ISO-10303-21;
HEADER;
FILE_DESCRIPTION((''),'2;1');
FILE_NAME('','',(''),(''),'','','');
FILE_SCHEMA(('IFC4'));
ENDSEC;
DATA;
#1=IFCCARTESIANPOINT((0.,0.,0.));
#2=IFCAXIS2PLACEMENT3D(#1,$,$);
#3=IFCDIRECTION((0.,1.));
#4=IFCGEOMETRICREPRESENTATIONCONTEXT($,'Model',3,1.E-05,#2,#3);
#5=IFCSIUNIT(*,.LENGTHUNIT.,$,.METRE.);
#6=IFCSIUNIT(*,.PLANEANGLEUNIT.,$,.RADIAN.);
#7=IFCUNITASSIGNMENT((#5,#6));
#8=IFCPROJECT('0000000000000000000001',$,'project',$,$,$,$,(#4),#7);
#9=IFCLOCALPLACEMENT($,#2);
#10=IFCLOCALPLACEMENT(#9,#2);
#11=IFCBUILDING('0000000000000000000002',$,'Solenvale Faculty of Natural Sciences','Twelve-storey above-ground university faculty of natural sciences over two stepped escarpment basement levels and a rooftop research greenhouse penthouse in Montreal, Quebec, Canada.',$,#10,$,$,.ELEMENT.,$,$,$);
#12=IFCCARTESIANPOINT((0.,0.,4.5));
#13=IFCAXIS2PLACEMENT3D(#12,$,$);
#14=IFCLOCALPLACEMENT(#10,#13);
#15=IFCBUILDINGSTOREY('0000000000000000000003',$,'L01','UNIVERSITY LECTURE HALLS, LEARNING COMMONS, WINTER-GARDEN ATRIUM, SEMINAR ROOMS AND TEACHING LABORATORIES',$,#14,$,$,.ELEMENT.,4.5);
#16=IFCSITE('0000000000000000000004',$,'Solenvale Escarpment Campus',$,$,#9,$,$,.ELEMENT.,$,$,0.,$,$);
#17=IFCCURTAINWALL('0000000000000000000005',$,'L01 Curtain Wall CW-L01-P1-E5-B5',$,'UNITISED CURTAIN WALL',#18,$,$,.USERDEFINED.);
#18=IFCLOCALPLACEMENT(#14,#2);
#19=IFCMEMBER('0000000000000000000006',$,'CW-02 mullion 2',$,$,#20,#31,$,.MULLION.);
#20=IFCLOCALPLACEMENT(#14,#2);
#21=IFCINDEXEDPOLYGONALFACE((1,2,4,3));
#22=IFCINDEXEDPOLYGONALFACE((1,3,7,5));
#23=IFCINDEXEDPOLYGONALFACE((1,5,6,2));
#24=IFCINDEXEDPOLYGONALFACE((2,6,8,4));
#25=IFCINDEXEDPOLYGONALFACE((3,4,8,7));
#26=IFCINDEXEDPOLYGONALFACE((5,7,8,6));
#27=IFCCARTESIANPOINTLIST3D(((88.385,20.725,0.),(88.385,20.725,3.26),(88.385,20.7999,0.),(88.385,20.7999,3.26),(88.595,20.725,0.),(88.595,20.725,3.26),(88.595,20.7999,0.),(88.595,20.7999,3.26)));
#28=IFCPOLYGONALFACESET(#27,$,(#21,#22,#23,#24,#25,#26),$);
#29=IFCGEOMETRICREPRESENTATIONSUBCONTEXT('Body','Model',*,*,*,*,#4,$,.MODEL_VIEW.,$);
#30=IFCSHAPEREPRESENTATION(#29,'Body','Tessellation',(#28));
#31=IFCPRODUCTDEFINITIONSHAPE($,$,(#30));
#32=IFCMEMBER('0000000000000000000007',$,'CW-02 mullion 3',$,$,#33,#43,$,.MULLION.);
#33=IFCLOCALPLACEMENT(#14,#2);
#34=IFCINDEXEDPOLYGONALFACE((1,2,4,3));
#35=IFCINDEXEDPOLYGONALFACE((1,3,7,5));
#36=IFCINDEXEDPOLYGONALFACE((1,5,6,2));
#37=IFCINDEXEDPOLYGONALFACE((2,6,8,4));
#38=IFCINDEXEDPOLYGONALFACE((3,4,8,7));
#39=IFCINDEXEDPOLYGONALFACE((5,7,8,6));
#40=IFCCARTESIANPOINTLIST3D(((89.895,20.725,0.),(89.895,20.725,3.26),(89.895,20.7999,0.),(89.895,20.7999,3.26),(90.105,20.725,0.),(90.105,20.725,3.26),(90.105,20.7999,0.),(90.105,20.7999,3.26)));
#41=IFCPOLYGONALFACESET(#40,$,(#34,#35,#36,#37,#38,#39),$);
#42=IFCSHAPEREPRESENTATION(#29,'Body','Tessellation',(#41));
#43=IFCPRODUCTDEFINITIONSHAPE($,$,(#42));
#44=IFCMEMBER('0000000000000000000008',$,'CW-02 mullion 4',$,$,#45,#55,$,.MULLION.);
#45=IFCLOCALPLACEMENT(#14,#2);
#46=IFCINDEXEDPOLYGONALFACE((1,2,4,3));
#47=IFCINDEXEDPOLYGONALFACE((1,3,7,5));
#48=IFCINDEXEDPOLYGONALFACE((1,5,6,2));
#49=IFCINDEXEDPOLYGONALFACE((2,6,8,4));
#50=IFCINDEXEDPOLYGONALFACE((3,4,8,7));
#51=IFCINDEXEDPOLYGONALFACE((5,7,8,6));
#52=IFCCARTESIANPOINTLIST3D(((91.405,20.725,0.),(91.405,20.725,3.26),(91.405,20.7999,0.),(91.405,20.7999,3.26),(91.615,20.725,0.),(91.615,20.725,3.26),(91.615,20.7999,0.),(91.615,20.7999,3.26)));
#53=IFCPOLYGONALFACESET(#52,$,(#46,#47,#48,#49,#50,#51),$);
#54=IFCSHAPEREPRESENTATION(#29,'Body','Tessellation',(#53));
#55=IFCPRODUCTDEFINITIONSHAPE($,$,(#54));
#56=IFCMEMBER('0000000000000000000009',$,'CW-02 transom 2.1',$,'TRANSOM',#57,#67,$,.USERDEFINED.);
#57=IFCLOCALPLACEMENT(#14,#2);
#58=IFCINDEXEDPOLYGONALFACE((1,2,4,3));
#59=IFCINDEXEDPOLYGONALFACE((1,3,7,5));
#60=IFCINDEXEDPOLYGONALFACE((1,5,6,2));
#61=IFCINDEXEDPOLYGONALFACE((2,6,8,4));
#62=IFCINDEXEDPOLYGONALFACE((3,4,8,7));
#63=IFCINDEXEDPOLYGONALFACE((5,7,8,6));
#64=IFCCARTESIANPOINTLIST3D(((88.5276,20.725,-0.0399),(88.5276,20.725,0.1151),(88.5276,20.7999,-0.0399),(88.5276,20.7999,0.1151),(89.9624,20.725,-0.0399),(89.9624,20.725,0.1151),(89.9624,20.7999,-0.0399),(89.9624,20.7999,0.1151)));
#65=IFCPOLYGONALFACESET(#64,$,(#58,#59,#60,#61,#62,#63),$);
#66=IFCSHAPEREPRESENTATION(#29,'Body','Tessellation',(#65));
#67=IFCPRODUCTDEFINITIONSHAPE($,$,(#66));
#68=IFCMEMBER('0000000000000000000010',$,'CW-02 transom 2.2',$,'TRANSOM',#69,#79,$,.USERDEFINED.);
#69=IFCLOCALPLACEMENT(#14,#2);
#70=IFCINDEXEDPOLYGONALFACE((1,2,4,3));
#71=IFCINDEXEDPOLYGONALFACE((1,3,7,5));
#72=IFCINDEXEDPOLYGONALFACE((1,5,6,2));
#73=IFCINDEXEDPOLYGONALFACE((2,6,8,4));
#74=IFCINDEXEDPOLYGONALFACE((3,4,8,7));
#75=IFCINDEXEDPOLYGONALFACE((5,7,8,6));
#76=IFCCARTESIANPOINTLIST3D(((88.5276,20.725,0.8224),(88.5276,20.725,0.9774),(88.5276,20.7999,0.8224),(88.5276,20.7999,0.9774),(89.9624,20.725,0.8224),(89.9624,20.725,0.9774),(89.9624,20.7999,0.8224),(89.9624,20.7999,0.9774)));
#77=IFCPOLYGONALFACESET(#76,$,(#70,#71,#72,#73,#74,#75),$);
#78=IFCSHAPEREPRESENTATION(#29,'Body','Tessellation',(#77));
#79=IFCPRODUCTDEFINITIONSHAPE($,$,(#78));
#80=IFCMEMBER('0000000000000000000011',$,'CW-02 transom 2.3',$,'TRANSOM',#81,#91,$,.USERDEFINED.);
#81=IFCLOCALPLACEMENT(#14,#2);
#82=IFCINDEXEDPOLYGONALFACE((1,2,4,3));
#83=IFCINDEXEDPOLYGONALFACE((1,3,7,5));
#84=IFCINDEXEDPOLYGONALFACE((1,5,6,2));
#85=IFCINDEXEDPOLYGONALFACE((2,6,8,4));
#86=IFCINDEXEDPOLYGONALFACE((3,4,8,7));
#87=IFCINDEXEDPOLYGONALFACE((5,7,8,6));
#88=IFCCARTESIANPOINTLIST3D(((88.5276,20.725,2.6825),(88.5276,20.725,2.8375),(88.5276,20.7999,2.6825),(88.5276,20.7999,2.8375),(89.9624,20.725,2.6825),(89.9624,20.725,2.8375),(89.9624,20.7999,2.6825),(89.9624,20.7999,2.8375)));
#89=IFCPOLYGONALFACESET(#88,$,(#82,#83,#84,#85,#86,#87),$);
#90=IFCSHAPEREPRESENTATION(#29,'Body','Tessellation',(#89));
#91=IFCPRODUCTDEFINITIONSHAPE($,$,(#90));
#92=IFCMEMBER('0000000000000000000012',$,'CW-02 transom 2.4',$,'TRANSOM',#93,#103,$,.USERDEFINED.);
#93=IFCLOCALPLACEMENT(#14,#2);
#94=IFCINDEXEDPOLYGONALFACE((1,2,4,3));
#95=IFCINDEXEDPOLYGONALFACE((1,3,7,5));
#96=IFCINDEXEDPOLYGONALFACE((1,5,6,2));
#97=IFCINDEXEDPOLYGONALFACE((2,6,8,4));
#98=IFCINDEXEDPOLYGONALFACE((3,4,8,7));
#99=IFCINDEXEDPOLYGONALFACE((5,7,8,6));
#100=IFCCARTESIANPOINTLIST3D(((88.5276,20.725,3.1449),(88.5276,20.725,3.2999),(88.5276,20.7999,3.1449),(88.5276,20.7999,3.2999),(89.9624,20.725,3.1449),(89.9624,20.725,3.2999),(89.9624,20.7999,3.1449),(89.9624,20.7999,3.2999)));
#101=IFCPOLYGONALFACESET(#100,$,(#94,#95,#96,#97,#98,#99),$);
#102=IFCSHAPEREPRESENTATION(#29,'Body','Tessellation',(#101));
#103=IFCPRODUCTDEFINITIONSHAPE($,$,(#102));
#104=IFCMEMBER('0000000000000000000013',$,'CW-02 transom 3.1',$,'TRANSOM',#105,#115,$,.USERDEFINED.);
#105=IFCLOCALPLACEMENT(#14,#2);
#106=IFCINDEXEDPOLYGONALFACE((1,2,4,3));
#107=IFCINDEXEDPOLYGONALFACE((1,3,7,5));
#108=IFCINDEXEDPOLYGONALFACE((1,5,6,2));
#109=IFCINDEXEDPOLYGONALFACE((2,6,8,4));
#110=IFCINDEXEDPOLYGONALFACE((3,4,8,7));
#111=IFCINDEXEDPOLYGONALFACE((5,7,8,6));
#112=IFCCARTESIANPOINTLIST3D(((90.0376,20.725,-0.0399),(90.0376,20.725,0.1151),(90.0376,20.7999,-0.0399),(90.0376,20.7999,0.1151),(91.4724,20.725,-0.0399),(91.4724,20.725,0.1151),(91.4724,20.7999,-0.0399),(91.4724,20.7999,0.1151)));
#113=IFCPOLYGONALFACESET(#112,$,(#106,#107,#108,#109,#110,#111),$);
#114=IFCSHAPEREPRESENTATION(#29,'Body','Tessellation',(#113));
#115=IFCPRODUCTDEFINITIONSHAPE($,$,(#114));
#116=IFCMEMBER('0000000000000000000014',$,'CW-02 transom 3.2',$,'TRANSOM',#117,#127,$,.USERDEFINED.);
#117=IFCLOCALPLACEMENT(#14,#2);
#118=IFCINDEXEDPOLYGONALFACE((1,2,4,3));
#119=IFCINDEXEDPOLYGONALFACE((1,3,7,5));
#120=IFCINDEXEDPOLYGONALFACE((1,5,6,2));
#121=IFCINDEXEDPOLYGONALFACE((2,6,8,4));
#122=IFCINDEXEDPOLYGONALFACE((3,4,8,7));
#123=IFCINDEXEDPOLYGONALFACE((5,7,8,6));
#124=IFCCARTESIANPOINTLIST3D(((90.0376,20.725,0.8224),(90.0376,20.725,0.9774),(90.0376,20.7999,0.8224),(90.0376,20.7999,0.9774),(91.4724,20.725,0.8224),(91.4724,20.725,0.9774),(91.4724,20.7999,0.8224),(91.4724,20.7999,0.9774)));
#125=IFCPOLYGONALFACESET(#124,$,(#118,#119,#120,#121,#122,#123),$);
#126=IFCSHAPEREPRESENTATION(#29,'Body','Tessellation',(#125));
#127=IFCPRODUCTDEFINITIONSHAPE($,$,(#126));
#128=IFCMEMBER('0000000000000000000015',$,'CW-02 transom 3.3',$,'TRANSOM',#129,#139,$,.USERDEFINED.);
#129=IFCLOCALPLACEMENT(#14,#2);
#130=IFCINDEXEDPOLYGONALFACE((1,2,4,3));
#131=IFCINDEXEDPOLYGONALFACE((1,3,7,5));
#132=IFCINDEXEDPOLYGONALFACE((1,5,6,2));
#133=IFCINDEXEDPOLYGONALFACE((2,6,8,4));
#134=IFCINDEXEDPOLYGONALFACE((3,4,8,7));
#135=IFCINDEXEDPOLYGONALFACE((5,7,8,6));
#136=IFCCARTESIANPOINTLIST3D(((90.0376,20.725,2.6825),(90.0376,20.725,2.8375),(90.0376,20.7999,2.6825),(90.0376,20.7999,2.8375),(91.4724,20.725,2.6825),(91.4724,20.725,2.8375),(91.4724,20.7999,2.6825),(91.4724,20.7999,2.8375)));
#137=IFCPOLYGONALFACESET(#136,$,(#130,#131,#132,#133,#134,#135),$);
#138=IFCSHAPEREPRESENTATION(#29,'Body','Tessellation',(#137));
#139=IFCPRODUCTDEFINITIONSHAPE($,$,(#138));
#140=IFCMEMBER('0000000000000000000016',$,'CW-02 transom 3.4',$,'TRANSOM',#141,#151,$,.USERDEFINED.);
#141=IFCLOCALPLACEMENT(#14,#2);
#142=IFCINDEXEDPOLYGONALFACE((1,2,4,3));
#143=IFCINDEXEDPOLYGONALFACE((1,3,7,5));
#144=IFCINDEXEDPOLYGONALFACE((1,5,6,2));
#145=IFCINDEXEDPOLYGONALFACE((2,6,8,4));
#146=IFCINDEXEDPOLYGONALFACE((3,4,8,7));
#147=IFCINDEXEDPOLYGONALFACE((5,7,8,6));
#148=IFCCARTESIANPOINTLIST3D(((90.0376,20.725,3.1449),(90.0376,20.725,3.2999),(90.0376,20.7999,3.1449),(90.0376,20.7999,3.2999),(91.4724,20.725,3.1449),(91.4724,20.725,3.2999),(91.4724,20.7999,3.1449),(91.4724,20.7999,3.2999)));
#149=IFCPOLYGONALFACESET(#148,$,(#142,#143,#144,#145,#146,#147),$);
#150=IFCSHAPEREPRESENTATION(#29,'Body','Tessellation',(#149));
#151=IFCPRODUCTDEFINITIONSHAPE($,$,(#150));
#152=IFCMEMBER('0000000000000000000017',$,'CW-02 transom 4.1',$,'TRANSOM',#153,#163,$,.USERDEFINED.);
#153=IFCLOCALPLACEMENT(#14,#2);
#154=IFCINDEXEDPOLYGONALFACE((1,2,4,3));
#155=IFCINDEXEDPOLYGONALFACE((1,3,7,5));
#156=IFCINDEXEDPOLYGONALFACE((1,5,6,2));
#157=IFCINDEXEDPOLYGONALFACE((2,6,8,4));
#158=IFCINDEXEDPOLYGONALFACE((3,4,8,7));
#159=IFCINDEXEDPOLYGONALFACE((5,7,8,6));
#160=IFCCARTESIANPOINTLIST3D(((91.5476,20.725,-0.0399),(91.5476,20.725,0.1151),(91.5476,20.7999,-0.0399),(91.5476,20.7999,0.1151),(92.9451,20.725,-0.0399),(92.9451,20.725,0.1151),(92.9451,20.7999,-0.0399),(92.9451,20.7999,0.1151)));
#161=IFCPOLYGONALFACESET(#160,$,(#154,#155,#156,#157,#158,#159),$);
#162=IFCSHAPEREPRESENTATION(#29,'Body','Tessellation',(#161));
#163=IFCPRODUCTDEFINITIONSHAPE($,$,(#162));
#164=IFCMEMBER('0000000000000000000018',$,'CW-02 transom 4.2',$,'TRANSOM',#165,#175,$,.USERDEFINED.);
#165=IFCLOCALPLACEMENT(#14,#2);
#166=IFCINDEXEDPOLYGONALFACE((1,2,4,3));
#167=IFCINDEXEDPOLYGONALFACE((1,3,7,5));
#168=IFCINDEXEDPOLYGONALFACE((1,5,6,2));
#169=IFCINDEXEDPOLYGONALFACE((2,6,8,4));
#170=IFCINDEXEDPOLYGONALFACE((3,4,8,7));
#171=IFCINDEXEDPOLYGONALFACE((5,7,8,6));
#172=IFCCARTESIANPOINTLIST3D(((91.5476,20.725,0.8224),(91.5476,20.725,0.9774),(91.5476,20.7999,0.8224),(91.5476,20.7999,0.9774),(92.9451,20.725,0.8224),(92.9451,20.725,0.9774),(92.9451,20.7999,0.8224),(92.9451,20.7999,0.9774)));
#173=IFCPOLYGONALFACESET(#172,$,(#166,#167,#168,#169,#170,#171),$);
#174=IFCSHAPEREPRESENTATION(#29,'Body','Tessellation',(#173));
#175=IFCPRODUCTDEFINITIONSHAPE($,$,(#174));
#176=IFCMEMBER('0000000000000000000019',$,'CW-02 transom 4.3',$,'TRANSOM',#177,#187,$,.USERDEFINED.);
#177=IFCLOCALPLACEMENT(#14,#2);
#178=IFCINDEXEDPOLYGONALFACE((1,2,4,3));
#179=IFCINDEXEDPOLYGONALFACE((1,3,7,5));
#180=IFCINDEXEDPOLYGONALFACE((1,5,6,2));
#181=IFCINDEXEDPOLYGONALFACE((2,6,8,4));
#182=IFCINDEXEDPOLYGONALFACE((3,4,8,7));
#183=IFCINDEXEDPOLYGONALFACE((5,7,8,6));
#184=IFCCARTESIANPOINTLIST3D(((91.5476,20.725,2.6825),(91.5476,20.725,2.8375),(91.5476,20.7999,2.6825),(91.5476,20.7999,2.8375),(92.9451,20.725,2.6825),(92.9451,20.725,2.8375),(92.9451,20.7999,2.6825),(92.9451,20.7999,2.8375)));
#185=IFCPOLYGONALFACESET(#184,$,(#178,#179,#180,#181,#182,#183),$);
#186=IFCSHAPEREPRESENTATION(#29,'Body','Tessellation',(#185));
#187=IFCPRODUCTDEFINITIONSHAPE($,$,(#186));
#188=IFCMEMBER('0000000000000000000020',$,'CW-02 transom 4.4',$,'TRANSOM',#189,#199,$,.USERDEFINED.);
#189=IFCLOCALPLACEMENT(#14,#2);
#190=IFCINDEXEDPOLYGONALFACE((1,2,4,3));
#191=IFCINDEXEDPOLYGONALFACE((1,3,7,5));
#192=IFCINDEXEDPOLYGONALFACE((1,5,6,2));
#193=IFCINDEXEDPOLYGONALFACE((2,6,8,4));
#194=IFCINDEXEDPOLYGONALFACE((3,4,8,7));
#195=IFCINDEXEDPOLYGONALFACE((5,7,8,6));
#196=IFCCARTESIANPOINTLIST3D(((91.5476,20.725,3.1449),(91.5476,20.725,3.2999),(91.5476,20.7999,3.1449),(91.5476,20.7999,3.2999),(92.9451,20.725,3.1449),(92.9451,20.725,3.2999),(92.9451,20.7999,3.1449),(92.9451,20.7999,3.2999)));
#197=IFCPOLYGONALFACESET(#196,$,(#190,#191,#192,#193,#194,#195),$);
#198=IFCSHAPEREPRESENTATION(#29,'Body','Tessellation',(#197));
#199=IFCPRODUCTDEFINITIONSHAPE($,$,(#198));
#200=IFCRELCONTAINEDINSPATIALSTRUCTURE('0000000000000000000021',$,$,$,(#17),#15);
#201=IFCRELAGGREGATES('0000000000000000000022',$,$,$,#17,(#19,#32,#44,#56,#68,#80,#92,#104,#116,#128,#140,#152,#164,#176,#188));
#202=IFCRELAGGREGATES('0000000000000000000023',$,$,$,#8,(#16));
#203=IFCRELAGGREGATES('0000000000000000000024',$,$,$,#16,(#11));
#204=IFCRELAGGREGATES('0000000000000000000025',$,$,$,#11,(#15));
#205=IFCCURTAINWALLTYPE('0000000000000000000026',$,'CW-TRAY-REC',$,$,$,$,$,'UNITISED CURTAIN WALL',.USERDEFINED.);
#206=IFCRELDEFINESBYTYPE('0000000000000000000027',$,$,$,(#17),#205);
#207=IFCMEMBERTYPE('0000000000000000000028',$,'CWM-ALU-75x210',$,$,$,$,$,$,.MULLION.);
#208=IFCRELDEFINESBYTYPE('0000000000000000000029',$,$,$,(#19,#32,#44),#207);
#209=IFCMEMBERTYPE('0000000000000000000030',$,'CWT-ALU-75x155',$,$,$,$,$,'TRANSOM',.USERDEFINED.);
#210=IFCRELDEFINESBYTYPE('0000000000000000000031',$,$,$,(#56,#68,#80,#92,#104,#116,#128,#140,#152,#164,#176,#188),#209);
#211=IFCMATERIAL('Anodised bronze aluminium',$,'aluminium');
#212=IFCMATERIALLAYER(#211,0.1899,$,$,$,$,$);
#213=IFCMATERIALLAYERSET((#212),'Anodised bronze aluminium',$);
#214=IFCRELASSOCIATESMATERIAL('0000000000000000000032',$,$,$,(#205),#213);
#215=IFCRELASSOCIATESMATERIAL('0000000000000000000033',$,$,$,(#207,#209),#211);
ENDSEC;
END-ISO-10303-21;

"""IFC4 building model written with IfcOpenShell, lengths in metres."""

from ifc_helpers import new_model, si_unit, direction, frame, origin, origin_2d, place, context, subcontext, project, spatial, rectangle, extrude, material, layer, layer_set, material_profile, profile_set, type_object, element, aggregate, save


model = new_model("IFC4")

# Units and contexts
model_context = context("Model", 3, precision=1e-05, world=origin(), true_north=direction((0.0, 1.0)))
body_context = subcontext(model_context, "Body", "Model", "MODEL_VIEW")
ifc_project = project(units=[si_unit("LENGTHUNIT", "METRE"), si_unit("PLANEANGLEUNIT", "RADIAN")], contexts=[model_context])

# Site, building, storey
site_placement = place(None, origin())
site = spatial("IfcSite", under=ifc_project, at=site_placement, Name="Solenvale Escarpment Campus", CompositionType="ELEMENT", RefElevation=0.0)
building_placement = place(site_placement, origin())
building = spatial("IfcBuilding", under=site, at=building_placement, Name="Solenvale Faculty of Natural Sciences", Description="Twelve-storey above-ground university faculty of natural sciences over two stepped escarpment basement levels and a rooftop research greenhouse penthouse in Montreal, Quebec, Canada.", CompositionType="ELEMENT")
storey_placement = place(building_placement, frame((0.0, 0.0, 4.5)))
storey = spatial("IfcBuildingStorey", under=building, at=storey_placement, Name="L01", Description="UNIVERSITY LECTURE HALLS, LEARNING COMMONS, WINTER-GARDEN ATRIUM, SEMINAR ROOMS AND TEACHING LABORATORIES", CompositionType="ELEMENT", Elevation=4.5)

# Curtain wall, members
ifc_material_1 = material(Name="Anodised bronze aluminium", Category="aluminium")
ifc_layer_1 = layer(ifc_material_1, 0.1899)
ifc_layer_set_1 = layer_set([ifc_layer_1], Name="Anodised bronze aluminium")
curtain_wall_type = type_object("IfcCurtainWallType", Name="CW-TRAY-REC", ElementType="UNITISED CURTAIN WALL", PredefinedType="USERDEFINED", material=ifc_layer_set_1)
curtain_wall_placement = place(storey_placement, origin())
curtain_wall = element("IfcCurtainWall", 1, at=curtain_wall_placement, inside=storey, type_object=curtain_wall_type, Name="L01 Curtain Wall CW-L01-P1-E5-B5", ObjectType="UNITISED CURTAIN WALL", PredefinedType="USERDEFINED")
ifc_material_profile_1 = material_profile(ifc_material_1, rectangle(XDim=0.075, YDim=0.21, at=origin_2d()), Name="ALU-MUL-75x210")
ifc_profile_set_1 = profile_set([ifc_material_profile_1], Name="Anodised bronze aluminium")
member_type_1 = type_object("IfcMemberType", Name="CWM-ALU-75x210", PredefinedType="MULLION", material=ifc_profile_set_1)
member_1_placement = place(storey_placement, frame((88.49, 20.7625, 0.0), z_axis=(0.0, 0.0, 1.0), x_axis=(0.0, 1.0, 0.0)))
member_1 = element("IfcMember", 2, at=member_1_placement, type_object=member_type_1, Name="CW-02 mullion 2", PredefinedType="MULLION", context=body_context, shape_type="SweptSolid", body=[
    extrude(rectangle(XDim=0.075, YDim=0.21, at=origin_2d()), origin(), (0.0, 0.0, 1.0), 3.26),
])
member_2_placement = place(storey_placement, frame((90.0, 20.7625, 0.0), z_axis=(0.0, 0.0, 1.0), x_axis=(0.0, 1.0, 0.0)))
member_2 = element("IfcMember", 3, at=member_2_placement, type_object=member_type_1, Name="CW-02 mullion 3", PredefinedType="MULLION", context=body_context, shape_type="SweptSolid", body=[
    extrude(rectangle(XDim=0.075, YDim=0.21, at=origin_2d()), origin(), (0.0, 0.0, 1.0), 3.26),
])
member_3_placement = place(storey_placement, frame((91.51, 20.7625, 0.0), z_axis=(0.0, 0.0, 1.0), x_axis=(0.0, 1.0, 0.0)))
member_3 = element("IfcMember", 4, at=member_3_placement, type_object=member_type_1, Name="CW-02 mullion 4", PredefinedType="MULLION", context=body_context, shape_type="SweptSolid", body=[
    extrude(rectangle(XDim=0.075, YDim=0.21, at=origin_2d()), origin(), (0.0, 0.0, 1.0), 3.26),
])
ifc_material_profile_2 = material_profile(ifc_material_1, rectangle(XDim=0.075, YDim=0.155, at=origin_2d()), Name="ALU-TRN-75x155")
ifc_profile_set_2 = profile_set([ifc_material_profile_2], Name="Anodised bronze aluminium")
member_type_2 = type_object("IfcMemberType", Name="CWT-ALU-75x155", ElementType="TRANSOM", PredefinedType="USERDEFINED", material=ifc_profile_set_2)
member_4_placement = place(storey_placement, frame((88.5276, 20.7625, 0.0376), z_axis=(1.0, 0.0, 0.0), x_axis=(0.0, 1.0, 0.0)))
member_4 = element("IfcMember", 5, at=member_4_placement, type_object=member_type_2, Name="CW-02 transom 2.1", ObjectType="TRANSOM", PredefinedType="USERDEFINED", context=body_context, shape_type="SweptSolid", body=[
    extrude(rectangle(XDim=0.075, YDim=0.155, at=origin_2d()), origin(), (0.0, 0.0, 1.0), 1.4348),
])
member_5_placement = place(storey_placement, frame((88.5276, 20.7625, 0.8999), z_axis=(1.0, 0.0, 0.0), x_axis=(0.0, 1.0, 0.0)))
member_5 = element("IfcMember", 6, at=member_5_placement, type_object=member_type_2, Name="CW-02 transom 2.2", ObjectType="TRANSOM", PredefinedType="USERDEFINED", context=body_context, shape_type="SweptSolid", body=[
    extrude(rectangle(XDim=0.075, YDim=0.155, at=origin_2d()), origin(), (0.0, 0.0, 1.0), 1.4348),
])
member_6_placement = place(storey_placement, frame((88.5276, 20.7625, 2.76), z_axis=(1.0, 0.0, 0.0), x_axis=(0.0, 1.0, 0.0)))
member_6 = element("IfcMember", 7, at=member_6_placement, type_object=member_type_2, Name="CW-02 transom 2.3", ObjectType="TRANSOM", PredefinedType="USERDEFINED", context=body_context, shape_type="SweptSolid", body=[
    extrude(rectangle(XDim=0.075, YDim=0.155, at=origin_2d()), origin(), (0.0, 0.0, 1.0), 1.4348),
])
member_7_placement = place(storey_placement, frame((88.5276, 20.7625, 3.2224), z_axis=(1.0, 0.0, 0.0), x_axis=(0.0, 1.0, 0.0)))
member_7 = element("IfcMember", 8, at=member_7_placement, type_object=member_type_2, Name="CW-02 transom 2.4", ObjectType="TRANSOM", PredefinedType="USERDEFINED", context=body_context, shape_type="SweptSolid", body=[
    extrude(rectangle(XDim=0.075, YDim=0.155, at=origin_2d()), origin(), (0.0, 0.0, 1.0), 1.4348),
])
member_8_placement = place(storey_placement, frame((90.0376, 20.7625, 0.0376), z_axis=(1.0, 0.0, 0.0), x_axis=(0.0, 1.0, 0.0)))
member_8 = element("IfcMember", 9, at=member_8_placement, type_object=member_type_2, Name="CW-02 transom 3.1", ObjectType="TRANSOM", PredefinedType="USERDEFINED", context=body_context, shape_type="SweptSolid", body=[
    extrude(rectangle(XDim=0.075, YDim=0.155, at=origin_2d()), origin(), (0.0, 0.0, 1.0), 1.4348),
])
member_9_placement = place(storey_placement, frame((90.0376, 20.7625, 0.8999), z_axis=(1.0, 0.0, 0.0), x_axis=(0.0, 1.0, 0.0)))
member_9 = element("IfcMember", 10, at=member_9_placement, type_object=member_type_2, Name="CW-02 transom 3.2", ObjectType="TRANSOM", PredefinedType="USERDEFINED", context=body_context, shape_type="SweptSolid", body=[
    extrude(rectangle(XDim=0.075, YDim=0.155, at=origin_2d()), origin(), (0.0, 0.0, 1.0), 1.4348),
])
member_10_placement = place(storey_placement, frame((90.0376, 20.7625, 2.76), z_axis=(1.0, 0.0, 0.0), x_axis=(0.0, 1.0, 0.0)))
member_10 = element("IfcMember", 11, at=member_10_placement, type_object=member_type_2, Name="CW-02 transom 3.3", ObjectType="TRANSOM", PredefinedType="USERDEFINED", context=body_context, shape_type="SweptSolid", body=[
    extrude(rectangle(XDim=0.075, YDim=0.155, at=origin_2d()), origin(), (0.0, 0.0, 1.0), 1.4348),
])
member_11_placement = place(storey_placement, frame((90.0376, 20.7625, 3.2224), z_axis=(1.0, 0.0, 0.0), x_axis=(0.0, 1.0, 0.0)))
member_11 = element("IfcMember", 12, at=member_11_placement, type_object=member_type_2, Name="CW-02 transom 3.4", ObjectType="TRANSOM", PredefinedType="USERDEFINED", context=body_context, shape_type="SweptSolid", body=[
    extrude(rectangle(XDim=0.075, YDim=0.155, at=origin_2d()), origin(), (0.0, 0.0, 1.0), 1.4348),
])
member_12_placement = place(storey_placement, frame((91.5476, 20.7625, 0.0376), z_axis=(1.0, 0.0, 0.0), x_axis=(0.0, 1.0, 0.0)))
member_12 = element("IfcMember", 13, at=member_12_placement, type_object=member_type_2, Name="CW-02 transom 4.1", ObjectType="TRANSOM", PredefinedType="USERDEFINED", context=body_context, shape_type="SweptSolid", body=[
    extrude(rectangle(XDim=0.075, YDim=0.155, at=origin_2d()), origin(), (0.0, 0.0, 1.0), 1.3975),
])
member_13_placement = place(storey_placement, frame((91.5476, 20.7625, 0.8999), z_axis=(1.0, 0.0, 0.0), x_axis=(0.0, 1.0, 0.0)))
member_13 = element("IfcMember", 14, at=member_13_placement, type_object=member_type_2, Name="CW-02 transom 4.2", ObjectType="TRANSOM", PredefinedType="USERDEFINED", context=body_context, shape_type="SweptSolid", body=[
    extrude(rectangle(XDim=0.075, YDim=0.155, at=origin_2d()), origin(), (0.0, 0.0, 1.0), 1.3975),
])
member_14_placement = place(storey_placement, frame((91.5476, 20.7625, 2.76), z_axis=(1.0, 0.0, 0.0), x_axis=(0.0, 1.0, 0.0)))
member_14 = element("IfcMember", 15, at=member_14_placement, type_object=member_type_2, Name="CW-02 transom 4.3", ObjectType="TRANSOM", PredefinedType="USERDEFINED", context=body_context, shape_type="SweptSolid", body=[
    extrude(rectangle(XDim=0.075, YDim=0.155, at=origin_2d()), origin(), (0.0, 0.0, 1.0), 1.3975),
])
member_15_placement = place(storey_placement, frame((91.5476, 20.7625, 3.2224), z_axis=(1.0, 0.0, 0.0), x_axis=(0.0, 1.0, 0.0)))
member_15 = element("IfcMember", 16, at=member_15_placement, type_object=member_type_2, Name="CW-02 transom 4.4", ObjectType="TRANSOM", PredefinedType="USERDEFINED", context=body_context, shape_type="SweptSolid", body=[
    extrude(rectangle(XDim=0.075, YDim=0.155, at=origin_2d()), origin(), (0.0, 0.0, 1.0), 1.3975),
])
aggregate(curtain_wall, [member_1, member_2, member_3, member_4, member_5, member_6, member_7, member_8, member_9, member_10, member_11, member_12, member_13, member_14, member_15])

save(model, "model.ifc")
